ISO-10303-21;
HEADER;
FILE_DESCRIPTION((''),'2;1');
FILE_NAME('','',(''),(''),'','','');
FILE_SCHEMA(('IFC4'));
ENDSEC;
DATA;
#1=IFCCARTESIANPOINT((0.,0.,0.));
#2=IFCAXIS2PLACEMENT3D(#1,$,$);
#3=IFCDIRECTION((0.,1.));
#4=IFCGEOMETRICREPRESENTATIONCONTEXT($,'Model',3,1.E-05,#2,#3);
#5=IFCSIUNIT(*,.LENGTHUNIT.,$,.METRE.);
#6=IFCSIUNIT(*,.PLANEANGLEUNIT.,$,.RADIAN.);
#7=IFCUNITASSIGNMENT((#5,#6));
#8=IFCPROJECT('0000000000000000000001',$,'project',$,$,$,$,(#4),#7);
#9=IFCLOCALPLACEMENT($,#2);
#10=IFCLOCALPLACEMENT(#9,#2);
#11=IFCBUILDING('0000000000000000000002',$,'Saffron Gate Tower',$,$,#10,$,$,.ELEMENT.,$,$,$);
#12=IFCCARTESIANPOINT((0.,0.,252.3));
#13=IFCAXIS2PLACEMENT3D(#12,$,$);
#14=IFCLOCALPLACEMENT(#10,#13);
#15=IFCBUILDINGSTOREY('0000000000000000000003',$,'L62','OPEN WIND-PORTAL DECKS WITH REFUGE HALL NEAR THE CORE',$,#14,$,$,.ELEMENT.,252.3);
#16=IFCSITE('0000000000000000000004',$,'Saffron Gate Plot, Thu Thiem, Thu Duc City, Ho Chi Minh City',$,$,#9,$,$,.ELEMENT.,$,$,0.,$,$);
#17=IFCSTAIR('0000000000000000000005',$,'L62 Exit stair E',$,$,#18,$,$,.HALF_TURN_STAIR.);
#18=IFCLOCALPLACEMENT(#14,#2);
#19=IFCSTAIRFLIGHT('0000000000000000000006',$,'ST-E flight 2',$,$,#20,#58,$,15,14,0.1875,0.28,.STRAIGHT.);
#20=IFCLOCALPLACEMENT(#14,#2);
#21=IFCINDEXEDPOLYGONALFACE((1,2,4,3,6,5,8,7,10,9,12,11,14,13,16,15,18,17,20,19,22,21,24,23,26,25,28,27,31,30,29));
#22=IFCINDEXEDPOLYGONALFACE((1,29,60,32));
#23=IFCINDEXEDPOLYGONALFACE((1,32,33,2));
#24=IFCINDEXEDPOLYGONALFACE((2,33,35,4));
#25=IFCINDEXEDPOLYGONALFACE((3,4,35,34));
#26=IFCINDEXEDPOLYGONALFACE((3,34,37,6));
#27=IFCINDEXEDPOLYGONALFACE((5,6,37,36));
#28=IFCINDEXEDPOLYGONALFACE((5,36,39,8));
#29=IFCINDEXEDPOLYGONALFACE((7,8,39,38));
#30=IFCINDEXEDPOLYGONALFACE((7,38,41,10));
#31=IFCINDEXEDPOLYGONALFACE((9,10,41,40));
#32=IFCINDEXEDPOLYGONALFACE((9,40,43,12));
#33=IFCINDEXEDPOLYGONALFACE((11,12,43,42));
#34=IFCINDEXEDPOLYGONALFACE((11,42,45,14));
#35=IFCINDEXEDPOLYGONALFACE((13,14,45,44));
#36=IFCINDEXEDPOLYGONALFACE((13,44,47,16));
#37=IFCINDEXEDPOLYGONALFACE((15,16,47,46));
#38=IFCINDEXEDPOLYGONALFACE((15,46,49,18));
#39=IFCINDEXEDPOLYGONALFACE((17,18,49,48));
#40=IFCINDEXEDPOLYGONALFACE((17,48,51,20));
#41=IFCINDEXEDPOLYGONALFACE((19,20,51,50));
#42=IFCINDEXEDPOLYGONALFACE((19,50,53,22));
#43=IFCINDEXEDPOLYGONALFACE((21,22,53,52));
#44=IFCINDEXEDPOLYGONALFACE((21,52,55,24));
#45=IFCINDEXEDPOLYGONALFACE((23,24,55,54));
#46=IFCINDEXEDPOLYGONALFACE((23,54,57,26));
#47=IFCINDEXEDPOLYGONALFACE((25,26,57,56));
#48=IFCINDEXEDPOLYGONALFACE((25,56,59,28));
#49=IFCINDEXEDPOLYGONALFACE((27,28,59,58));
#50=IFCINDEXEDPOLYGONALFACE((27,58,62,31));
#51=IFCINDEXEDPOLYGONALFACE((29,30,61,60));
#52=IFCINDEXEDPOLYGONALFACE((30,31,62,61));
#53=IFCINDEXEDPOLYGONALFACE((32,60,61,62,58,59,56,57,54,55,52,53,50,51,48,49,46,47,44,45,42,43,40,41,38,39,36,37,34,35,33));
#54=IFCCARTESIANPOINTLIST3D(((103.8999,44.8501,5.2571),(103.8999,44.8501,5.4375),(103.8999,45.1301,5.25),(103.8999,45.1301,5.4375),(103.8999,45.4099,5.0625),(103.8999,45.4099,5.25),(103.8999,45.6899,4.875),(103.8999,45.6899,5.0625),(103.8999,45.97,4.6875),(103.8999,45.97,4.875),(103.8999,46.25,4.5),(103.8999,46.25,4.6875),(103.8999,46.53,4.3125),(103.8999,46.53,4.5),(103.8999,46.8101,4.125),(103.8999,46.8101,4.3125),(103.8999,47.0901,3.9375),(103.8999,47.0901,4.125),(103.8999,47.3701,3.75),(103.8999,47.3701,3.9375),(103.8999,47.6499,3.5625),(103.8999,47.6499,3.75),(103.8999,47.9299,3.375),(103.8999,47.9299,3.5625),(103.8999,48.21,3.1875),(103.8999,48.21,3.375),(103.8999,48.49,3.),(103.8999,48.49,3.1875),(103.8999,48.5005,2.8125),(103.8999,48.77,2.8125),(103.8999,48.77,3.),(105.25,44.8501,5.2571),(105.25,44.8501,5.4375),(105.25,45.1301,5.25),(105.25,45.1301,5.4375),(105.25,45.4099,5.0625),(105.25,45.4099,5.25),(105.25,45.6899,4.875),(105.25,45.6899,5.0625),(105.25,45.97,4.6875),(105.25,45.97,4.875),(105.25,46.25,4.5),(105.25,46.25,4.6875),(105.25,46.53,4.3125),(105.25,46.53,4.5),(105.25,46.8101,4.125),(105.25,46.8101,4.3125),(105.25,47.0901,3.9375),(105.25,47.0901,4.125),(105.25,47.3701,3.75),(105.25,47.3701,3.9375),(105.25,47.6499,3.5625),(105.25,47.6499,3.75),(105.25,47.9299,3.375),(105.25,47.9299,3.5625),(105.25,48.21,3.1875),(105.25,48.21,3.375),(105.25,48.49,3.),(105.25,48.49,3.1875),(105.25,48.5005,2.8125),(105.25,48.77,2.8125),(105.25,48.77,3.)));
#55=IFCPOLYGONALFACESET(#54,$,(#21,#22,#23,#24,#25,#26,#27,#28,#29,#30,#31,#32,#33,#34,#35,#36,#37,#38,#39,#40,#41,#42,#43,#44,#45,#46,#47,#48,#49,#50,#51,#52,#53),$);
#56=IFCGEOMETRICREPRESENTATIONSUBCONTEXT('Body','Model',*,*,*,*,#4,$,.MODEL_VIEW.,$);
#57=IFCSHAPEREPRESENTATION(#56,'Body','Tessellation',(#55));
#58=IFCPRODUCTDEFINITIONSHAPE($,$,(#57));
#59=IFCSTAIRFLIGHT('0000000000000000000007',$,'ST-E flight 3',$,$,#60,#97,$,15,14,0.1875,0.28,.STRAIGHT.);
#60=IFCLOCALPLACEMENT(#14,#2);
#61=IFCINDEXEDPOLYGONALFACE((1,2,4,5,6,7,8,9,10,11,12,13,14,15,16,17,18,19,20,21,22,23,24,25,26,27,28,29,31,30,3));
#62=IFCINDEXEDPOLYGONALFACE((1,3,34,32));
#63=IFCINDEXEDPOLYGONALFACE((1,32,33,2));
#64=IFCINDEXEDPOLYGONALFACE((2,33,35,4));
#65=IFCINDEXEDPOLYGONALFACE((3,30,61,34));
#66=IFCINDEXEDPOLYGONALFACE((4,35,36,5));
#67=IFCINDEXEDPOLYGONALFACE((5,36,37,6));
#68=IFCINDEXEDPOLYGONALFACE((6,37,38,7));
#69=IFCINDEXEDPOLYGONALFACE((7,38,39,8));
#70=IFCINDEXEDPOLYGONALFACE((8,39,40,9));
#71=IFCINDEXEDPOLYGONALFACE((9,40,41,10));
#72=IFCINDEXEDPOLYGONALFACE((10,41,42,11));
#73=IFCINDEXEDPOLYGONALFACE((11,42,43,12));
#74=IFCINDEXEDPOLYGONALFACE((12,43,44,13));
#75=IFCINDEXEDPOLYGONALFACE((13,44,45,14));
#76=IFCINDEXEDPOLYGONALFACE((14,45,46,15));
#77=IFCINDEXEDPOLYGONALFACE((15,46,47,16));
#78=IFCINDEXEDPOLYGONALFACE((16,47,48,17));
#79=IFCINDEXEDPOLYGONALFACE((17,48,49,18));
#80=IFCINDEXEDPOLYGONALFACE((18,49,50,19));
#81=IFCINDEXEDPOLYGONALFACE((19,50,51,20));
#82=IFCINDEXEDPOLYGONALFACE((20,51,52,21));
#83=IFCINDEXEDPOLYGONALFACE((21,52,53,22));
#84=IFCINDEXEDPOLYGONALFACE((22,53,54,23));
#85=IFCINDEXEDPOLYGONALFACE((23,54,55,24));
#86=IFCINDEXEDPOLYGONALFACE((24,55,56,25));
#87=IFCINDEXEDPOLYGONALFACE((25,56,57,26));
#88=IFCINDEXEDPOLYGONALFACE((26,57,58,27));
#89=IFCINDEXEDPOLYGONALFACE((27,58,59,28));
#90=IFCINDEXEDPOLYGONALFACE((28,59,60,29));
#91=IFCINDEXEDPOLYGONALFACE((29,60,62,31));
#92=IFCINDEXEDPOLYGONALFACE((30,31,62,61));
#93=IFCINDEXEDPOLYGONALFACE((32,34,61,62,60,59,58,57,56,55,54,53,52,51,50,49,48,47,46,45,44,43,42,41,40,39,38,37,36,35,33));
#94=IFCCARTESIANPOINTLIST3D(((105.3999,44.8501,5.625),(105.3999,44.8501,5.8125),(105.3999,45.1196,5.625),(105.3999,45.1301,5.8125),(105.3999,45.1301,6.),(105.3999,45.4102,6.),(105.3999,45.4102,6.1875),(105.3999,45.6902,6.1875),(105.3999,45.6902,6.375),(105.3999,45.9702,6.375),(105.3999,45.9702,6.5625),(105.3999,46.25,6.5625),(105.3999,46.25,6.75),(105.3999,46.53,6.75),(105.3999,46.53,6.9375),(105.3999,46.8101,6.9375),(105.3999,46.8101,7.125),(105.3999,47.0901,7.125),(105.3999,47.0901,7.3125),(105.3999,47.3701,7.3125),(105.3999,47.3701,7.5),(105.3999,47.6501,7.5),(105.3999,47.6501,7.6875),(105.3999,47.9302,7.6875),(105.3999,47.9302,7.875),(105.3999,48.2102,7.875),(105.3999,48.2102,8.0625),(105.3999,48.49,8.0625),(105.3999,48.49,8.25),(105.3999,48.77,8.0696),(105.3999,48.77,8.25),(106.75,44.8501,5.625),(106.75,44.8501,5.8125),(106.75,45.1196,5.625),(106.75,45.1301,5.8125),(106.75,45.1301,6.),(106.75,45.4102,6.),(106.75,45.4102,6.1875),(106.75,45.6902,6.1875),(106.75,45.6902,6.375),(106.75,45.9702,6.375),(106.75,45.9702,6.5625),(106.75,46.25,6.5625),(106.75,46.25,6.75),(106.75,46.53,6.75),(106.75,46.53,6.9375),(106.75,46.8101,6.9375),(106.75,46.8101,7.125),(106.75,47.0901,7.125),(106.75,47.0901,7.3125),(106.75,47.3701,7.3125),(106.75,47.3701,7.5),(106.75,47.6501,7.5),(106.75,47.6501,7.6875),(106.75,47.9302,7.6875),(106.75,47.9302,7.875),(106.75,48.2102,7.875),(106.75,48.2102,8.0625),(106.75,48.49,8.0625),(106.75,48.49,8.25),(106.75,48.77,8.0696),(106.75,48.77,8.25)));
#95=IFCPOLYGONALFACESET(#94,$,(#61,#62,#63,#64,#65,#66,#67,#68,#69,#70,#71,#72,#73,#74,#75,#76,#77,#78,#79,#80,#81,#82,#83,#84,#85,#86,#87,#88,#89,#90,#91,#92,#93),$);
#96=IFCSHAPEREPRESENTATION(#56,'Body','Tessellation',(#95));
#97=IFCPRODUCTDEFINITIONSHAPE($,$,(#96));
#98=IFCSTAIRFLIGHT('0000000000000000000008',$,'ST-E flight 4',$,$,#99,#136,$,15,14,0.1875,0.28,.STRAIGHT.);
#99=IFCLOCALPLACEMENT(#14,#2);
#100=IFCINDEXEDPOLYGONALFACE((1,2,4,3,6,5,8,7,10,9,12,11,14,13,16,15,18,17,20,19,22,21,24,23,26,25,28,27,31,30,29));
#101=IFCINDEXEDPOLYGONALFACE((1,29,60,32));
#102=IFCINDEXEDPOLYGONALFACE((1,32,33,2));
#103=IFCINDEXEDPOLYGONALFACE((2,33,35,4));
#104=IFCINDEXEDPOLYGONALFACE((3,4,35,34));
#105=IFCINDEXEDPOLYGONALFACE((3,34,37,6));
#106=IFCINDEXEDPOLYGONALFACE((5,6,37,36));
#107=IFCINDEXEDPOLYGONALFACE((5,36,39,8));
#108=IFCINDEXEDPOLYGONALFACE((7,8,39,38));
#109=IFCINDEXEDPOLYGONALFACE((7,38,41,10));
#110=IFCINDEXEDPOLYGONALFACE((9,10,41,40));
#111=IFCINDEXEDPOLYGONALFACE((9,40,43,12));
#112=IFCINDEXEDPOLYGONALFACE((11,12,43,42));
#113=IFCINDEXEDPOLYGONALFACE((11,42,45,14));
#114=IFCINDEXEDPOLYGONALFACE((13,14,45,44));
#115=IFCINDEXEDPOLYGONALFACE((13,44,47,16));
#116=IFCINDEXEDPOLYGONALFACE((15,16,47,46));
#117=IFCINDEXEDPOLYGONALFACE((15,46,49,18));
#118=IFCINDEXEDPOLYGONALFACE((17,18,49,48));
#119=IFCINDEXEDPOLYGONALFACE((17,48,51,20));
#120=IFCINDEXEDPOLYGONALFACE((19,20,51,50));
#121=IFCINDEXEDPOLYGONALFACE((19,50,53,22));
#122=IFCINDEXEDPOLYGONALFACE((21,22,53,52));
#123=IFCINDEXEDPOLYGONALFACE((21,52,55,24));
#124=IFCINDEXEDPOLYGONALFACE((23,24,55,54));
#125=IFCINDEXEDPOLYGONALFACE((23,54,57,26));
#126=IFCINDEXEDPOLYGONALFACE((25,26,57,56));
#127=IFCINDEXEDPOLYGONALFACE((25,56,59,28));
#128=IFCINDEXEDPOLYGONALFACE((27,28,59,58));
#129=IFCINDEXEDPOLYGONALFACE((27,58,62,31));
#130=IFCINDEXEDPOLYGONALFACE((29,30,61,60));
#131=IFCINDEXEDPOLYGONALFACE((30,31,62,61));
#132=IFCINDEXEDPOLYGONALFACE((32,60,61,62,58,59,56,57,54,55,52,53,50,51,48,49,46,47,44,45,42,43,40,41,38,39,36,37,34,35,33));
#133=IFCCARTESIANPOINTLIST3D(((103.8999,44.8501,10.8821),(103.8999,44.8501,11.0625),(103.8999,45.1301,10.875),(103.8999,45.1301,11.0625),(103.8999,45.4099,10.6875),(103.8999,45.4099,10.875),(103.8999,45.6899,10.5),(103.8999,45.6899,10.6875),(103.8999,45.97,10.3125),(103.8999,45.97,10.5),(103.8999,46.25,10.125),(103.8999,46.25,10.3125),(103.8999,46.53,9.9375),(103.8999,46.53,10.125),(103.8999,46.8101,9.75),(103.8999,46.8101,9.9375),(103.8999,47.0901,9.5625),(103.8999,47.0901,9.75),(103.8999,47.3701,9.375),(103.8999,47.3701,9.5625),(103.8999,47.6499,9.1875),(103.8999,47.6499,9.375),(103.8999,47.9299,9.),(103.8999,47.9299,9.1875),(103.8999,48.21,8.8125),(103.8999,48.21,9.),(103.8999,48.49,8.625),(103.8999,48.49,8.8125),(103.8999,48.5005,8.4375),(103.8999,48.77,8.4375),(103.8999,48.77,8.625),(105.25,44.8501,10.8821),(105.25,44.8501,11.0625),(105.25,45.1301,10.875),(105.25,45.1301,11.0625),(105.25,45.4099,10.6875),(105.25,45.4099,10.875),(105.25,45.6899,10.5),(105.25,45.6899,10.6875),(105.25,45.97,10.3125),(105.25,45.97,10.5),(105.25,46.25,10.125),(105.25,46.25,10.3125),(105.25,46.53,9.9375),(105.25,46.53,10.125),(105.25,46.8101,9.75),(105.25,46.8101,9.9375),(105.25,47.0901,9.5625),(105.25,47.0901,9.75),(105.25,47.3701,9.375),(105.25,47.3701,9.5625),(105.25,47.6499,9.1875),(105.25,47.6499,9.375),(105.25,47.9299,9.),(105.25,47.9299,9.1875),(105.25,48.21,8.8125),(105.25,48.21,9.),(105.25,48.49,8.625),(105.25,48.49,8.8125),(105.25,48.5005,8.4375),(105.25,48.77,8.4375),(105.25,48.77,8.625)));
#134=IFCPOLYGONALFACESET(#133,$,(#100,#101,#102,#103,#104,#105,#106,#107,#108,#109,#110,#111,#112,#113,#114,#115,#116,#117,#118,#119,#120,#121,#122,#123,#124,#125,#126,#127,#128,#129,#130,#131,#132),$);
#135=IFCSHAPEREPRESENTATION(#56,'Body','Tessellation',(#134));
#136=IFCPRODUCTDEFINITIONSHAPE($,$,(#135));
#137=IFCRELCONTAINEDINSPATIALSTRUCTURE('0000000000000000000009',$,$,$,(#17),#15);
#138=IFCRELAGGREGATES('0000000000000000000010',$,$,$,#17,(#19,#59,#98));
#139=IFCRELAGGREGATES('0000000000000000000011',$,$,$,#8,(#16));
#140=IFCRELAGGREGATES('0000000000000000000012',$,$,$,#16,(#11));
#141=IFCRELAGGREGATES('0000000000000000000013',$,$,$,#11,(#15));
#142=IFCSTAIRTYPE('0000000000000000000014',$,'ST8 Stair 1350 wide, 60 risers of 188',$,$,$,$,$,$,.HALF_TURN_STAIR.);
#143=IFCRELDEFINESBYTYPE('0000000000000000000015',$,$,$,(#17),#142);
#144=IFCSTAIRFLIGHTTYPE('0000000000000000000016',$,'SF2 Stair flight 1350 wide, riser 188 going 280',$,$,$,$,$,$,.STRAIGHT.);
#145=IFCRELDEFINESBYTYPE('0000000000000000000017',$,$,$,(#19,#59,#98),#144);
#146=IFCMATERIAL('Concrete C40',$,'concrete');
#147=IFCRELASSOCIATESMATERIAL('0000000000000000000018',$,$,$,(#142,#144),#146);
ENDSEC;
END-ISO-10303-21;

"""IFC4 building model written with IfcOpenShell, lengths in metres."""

from ifc_helpers import new_model, si_unit, direction, frame, origin, place, context, subcontext, project, spatial, polyline, outline, extrude, material, type_object, element, aggregate, save


model = new_model("IFC4")

# Units and contexts
model_context = context("Model", 3, precision=1e-05, world=origin(), true_north=direction((0.0, 1.0)))
body_context = subcontext(model_context, "Body", "Model", "MODEL_VIEW")
ifc_project = project(units=[si_unit("LENGTHUNIT", "METRE"), si_unit("PLANEANGLEUNIT", "RADIAN")], contexts=[model_context])

# Site, building, storey
site_placement = place(None, origin())
site = spatial("IfcSite", under=ifc_project, at=site_placement, Name="Saffron Gate Plot, Thu Thiem, Thu Duc City, Ho Chi Minh City", CompositionType="ELEMENT", RefElevation=0.0)
building_placement = place(site_placement, origin())
building = spatial("IfcBuilding", under=site, at=building_placement, Name="Saffron Gate Tower", CompositionType="ELEMENT")
storey_placement = place(building_placement, frame((0.0, 0.0, 252.3)))
storey = spatial("IfcBuildingStorey", under=building, at=storey_placement, Name="L62", Description="OPEN WIND-PORTAL DECKS WITH REFUGE HALL NEAR THE CORE", CompositionType="ELEMENT", Elevation=252.3)

# Shared definitions
ifc_material_1 = material(Name="Concrete C40", Category="concrete")

# Stair, stair flights
stair_type = type_object("IfcStairType", Name="ST8 Stair 1350 wide, 60 risers of 188", PredefinedType="HALF_TURN_STAIR", material=ifc_material_1)
stair_placement = place(storey_placement, origin())
stair = element("IfcStair", 1, at=stair_placement, inside=storey, type_object=stair_type, Name="L62 Exit stair E", PredefinedType="HALF_TURN_STAIR")
stair_flight_type = type_object("IfcStairFlightType", Name="SF2 Stair flight 1350 wide, riser 188 going 280", PredefinedType="STRAIGHT", material=ifc_material_1)
stair_flight_1_placement = place(storey_placement, frame((104.575, 48.77, 2.8125), z_axis=(0.0, 0.0, 1.0), x_axis=(0.0, -1.0, 0.0)))
stair_flight_1 = element("IfcStairFlight", 2, at=stair_flight_1_placement, type_object=stair_flight_type, Name="ST-E flight 2", NumberOfRisers=15, NumberOfTreads=14, PredefinedType="STRAIGHT", RiserHeight=0.1875, TreadLength=0.28, context=body_context, shape_type="SweptSolid", body=[
    extrude(outline(polyline([(0.0, 0.0), (0.0, 0.1875), (0.28, 0.1875), (0.28, 0.375), (0.5601, 0.375), (0.5601, 0.5625), (0.8401, 0.5625), (0.8401, 0.75), (1.1201, 0.75), (1.1201, 0.9375), (1.3999, 0.9375), (1.3999, 1.125), (1.6799, 1.125), (1.6799, 1.3125), (1.96, 1.3125), (1.96, 1.5), (2.24, 1.5), (2.24, 1.6875), (2.52, 1.6875), (2.52, 1.875), (2.8, 1.875), (2.8, 2.0625), (3.0801, 2.0625), (3.0801, 2.25), (3.3601, 2.25), (3.3601, 2.4375), (3.6399, 2.4375), (3.6399, 2.625), (3.9199, 2.625), (3.9199, 2.8125), (3.9199, 2.4446), (0.2695, 0.0), (0.0, 0.0)])), frame((0.0, 0.675, 0.0), z_axis=(0.0, -1.0, 0.0), x_axis=(1.0, 0.0, 0.0)), (0.0, 0.0, 1.0), 1.3501),
])
stair_flight_2_placement = place(storey_placement, frame((106.075, 44.8501, 5.625), z_axis=(0.0, 0.0, 1.0), x_axis=(0.0, 1.0, 0.0)))
stair_flight_2 = element("IfcStairFlight", 3, at=stair_flight_2_placement, type_object=stair_flight_type, Name="ST-E flight 3", NumberOfRisers=15, NumberOfTreads=14, PredefinedType="STRAIGHT", RiserHeight=0.1875, TreadLength=0.28, context=body_context, shape_type="SweptSolid", body=[
    extrude(outline(polyline([(0.0, 0.0), (0.0, 0.1875), (0.28, 0.1875), (0.28, 0.375), (0.5601, 0.375), (0.5601, 0.5625), (0.8401, 0.5625), (0.8401, 0.75), (1.1201, 0.75), (1.1201, 0.9375), (1.3999, 0.9375), (1.3999, 1.125), (1.6799, 1.125), (1.6799, 1.3125), (1.96, 1.3125), (1.96, 1.5), (2.24, 1.5), (2.24, 1.6875), (2.52, 1.6875), (2.52, 1.875), (2.8, 1.875), (2.8, 2.0625), (3.0801, 2.0625), (3.0801, 2.25), (3.3601, 2.25), (3.3601, 2.4375), (3.6399, 2.4375), (3.6399, 2.625), (3.9199, 2.625), (3.9199, 2.8125), (3.9199, 2.4446), (0.2695, 0.0), (0.0, 0.0)])), frame((0.0, 0.675, 0.0), z_axis=(0.0, -1.0, 0.0), x_axis=(1.0, 0.0, 0.0)), (0.0, 0.0, 1.0), 1.3501),
])
stair_flight_3_placement = place(storey_placement, frame((104.575, 48.77, 8.4375), z_axis=(0.0, 0.0, 1.0), x_axis=(0.0, -1.0, 0.0)))
stair_flight_3 = element("IfcStairFlight", 4, at=stair_flight_3_placement, type_object=stair_flight_type, Name="ST-E flight 4", NumberOfRisers=15, NumberOfTreads=14, PredefinedType="STRAIGHT", RiserHeight=0.1875, TreadLength=0.28, context=body_context, shape_type="SweptSolid", body=[
    extrude(outline(polyline([(0.0, 0.0), (0.0, 0.1875), (0.28, 0.1875), (0.28, 0.375), (0.5601, 0.375), (0.5601, 0.5625), (0.8401, 0.5625), (0.8401, 0.75), (1.1201, 0.75), (1.1201, 0.9375), (1.3999, 0.9375), (1.3999, 1.125), (1.6799, 1.125), (1.6799, 1.3125), (1.96, 1.3125), (1.96, 1.5), (2.24, 1.5), (2.24, 1.6875), (2.52, 1.6875), (2.52, 1.875), (2.8, 1.875), (2.8, 2.0625), (3.0801, 2.0625), (3.0801, 2.25), (3.3601, 2.25), (3.3601, 2.4375), (3.6399, 2.4375), (3.6399, 2.625), (3.9199, 2.625), (3.9199, 2.8125), (3.9199, 2.4446), (0.2695, 0.0), (0.0, 0.0)])), frame((0.0, 0.675, 0.0), z_axis=(0.0, -1.0, 0.0), x_axis=(1.0, 0.0, 0.0)), (0.0, 0.0, 1.0), 1.3501),
])
aggregate(stair, [stair_flight_1, stair_flight_2, stair_flight_3])

save(model, "model.ifc")
